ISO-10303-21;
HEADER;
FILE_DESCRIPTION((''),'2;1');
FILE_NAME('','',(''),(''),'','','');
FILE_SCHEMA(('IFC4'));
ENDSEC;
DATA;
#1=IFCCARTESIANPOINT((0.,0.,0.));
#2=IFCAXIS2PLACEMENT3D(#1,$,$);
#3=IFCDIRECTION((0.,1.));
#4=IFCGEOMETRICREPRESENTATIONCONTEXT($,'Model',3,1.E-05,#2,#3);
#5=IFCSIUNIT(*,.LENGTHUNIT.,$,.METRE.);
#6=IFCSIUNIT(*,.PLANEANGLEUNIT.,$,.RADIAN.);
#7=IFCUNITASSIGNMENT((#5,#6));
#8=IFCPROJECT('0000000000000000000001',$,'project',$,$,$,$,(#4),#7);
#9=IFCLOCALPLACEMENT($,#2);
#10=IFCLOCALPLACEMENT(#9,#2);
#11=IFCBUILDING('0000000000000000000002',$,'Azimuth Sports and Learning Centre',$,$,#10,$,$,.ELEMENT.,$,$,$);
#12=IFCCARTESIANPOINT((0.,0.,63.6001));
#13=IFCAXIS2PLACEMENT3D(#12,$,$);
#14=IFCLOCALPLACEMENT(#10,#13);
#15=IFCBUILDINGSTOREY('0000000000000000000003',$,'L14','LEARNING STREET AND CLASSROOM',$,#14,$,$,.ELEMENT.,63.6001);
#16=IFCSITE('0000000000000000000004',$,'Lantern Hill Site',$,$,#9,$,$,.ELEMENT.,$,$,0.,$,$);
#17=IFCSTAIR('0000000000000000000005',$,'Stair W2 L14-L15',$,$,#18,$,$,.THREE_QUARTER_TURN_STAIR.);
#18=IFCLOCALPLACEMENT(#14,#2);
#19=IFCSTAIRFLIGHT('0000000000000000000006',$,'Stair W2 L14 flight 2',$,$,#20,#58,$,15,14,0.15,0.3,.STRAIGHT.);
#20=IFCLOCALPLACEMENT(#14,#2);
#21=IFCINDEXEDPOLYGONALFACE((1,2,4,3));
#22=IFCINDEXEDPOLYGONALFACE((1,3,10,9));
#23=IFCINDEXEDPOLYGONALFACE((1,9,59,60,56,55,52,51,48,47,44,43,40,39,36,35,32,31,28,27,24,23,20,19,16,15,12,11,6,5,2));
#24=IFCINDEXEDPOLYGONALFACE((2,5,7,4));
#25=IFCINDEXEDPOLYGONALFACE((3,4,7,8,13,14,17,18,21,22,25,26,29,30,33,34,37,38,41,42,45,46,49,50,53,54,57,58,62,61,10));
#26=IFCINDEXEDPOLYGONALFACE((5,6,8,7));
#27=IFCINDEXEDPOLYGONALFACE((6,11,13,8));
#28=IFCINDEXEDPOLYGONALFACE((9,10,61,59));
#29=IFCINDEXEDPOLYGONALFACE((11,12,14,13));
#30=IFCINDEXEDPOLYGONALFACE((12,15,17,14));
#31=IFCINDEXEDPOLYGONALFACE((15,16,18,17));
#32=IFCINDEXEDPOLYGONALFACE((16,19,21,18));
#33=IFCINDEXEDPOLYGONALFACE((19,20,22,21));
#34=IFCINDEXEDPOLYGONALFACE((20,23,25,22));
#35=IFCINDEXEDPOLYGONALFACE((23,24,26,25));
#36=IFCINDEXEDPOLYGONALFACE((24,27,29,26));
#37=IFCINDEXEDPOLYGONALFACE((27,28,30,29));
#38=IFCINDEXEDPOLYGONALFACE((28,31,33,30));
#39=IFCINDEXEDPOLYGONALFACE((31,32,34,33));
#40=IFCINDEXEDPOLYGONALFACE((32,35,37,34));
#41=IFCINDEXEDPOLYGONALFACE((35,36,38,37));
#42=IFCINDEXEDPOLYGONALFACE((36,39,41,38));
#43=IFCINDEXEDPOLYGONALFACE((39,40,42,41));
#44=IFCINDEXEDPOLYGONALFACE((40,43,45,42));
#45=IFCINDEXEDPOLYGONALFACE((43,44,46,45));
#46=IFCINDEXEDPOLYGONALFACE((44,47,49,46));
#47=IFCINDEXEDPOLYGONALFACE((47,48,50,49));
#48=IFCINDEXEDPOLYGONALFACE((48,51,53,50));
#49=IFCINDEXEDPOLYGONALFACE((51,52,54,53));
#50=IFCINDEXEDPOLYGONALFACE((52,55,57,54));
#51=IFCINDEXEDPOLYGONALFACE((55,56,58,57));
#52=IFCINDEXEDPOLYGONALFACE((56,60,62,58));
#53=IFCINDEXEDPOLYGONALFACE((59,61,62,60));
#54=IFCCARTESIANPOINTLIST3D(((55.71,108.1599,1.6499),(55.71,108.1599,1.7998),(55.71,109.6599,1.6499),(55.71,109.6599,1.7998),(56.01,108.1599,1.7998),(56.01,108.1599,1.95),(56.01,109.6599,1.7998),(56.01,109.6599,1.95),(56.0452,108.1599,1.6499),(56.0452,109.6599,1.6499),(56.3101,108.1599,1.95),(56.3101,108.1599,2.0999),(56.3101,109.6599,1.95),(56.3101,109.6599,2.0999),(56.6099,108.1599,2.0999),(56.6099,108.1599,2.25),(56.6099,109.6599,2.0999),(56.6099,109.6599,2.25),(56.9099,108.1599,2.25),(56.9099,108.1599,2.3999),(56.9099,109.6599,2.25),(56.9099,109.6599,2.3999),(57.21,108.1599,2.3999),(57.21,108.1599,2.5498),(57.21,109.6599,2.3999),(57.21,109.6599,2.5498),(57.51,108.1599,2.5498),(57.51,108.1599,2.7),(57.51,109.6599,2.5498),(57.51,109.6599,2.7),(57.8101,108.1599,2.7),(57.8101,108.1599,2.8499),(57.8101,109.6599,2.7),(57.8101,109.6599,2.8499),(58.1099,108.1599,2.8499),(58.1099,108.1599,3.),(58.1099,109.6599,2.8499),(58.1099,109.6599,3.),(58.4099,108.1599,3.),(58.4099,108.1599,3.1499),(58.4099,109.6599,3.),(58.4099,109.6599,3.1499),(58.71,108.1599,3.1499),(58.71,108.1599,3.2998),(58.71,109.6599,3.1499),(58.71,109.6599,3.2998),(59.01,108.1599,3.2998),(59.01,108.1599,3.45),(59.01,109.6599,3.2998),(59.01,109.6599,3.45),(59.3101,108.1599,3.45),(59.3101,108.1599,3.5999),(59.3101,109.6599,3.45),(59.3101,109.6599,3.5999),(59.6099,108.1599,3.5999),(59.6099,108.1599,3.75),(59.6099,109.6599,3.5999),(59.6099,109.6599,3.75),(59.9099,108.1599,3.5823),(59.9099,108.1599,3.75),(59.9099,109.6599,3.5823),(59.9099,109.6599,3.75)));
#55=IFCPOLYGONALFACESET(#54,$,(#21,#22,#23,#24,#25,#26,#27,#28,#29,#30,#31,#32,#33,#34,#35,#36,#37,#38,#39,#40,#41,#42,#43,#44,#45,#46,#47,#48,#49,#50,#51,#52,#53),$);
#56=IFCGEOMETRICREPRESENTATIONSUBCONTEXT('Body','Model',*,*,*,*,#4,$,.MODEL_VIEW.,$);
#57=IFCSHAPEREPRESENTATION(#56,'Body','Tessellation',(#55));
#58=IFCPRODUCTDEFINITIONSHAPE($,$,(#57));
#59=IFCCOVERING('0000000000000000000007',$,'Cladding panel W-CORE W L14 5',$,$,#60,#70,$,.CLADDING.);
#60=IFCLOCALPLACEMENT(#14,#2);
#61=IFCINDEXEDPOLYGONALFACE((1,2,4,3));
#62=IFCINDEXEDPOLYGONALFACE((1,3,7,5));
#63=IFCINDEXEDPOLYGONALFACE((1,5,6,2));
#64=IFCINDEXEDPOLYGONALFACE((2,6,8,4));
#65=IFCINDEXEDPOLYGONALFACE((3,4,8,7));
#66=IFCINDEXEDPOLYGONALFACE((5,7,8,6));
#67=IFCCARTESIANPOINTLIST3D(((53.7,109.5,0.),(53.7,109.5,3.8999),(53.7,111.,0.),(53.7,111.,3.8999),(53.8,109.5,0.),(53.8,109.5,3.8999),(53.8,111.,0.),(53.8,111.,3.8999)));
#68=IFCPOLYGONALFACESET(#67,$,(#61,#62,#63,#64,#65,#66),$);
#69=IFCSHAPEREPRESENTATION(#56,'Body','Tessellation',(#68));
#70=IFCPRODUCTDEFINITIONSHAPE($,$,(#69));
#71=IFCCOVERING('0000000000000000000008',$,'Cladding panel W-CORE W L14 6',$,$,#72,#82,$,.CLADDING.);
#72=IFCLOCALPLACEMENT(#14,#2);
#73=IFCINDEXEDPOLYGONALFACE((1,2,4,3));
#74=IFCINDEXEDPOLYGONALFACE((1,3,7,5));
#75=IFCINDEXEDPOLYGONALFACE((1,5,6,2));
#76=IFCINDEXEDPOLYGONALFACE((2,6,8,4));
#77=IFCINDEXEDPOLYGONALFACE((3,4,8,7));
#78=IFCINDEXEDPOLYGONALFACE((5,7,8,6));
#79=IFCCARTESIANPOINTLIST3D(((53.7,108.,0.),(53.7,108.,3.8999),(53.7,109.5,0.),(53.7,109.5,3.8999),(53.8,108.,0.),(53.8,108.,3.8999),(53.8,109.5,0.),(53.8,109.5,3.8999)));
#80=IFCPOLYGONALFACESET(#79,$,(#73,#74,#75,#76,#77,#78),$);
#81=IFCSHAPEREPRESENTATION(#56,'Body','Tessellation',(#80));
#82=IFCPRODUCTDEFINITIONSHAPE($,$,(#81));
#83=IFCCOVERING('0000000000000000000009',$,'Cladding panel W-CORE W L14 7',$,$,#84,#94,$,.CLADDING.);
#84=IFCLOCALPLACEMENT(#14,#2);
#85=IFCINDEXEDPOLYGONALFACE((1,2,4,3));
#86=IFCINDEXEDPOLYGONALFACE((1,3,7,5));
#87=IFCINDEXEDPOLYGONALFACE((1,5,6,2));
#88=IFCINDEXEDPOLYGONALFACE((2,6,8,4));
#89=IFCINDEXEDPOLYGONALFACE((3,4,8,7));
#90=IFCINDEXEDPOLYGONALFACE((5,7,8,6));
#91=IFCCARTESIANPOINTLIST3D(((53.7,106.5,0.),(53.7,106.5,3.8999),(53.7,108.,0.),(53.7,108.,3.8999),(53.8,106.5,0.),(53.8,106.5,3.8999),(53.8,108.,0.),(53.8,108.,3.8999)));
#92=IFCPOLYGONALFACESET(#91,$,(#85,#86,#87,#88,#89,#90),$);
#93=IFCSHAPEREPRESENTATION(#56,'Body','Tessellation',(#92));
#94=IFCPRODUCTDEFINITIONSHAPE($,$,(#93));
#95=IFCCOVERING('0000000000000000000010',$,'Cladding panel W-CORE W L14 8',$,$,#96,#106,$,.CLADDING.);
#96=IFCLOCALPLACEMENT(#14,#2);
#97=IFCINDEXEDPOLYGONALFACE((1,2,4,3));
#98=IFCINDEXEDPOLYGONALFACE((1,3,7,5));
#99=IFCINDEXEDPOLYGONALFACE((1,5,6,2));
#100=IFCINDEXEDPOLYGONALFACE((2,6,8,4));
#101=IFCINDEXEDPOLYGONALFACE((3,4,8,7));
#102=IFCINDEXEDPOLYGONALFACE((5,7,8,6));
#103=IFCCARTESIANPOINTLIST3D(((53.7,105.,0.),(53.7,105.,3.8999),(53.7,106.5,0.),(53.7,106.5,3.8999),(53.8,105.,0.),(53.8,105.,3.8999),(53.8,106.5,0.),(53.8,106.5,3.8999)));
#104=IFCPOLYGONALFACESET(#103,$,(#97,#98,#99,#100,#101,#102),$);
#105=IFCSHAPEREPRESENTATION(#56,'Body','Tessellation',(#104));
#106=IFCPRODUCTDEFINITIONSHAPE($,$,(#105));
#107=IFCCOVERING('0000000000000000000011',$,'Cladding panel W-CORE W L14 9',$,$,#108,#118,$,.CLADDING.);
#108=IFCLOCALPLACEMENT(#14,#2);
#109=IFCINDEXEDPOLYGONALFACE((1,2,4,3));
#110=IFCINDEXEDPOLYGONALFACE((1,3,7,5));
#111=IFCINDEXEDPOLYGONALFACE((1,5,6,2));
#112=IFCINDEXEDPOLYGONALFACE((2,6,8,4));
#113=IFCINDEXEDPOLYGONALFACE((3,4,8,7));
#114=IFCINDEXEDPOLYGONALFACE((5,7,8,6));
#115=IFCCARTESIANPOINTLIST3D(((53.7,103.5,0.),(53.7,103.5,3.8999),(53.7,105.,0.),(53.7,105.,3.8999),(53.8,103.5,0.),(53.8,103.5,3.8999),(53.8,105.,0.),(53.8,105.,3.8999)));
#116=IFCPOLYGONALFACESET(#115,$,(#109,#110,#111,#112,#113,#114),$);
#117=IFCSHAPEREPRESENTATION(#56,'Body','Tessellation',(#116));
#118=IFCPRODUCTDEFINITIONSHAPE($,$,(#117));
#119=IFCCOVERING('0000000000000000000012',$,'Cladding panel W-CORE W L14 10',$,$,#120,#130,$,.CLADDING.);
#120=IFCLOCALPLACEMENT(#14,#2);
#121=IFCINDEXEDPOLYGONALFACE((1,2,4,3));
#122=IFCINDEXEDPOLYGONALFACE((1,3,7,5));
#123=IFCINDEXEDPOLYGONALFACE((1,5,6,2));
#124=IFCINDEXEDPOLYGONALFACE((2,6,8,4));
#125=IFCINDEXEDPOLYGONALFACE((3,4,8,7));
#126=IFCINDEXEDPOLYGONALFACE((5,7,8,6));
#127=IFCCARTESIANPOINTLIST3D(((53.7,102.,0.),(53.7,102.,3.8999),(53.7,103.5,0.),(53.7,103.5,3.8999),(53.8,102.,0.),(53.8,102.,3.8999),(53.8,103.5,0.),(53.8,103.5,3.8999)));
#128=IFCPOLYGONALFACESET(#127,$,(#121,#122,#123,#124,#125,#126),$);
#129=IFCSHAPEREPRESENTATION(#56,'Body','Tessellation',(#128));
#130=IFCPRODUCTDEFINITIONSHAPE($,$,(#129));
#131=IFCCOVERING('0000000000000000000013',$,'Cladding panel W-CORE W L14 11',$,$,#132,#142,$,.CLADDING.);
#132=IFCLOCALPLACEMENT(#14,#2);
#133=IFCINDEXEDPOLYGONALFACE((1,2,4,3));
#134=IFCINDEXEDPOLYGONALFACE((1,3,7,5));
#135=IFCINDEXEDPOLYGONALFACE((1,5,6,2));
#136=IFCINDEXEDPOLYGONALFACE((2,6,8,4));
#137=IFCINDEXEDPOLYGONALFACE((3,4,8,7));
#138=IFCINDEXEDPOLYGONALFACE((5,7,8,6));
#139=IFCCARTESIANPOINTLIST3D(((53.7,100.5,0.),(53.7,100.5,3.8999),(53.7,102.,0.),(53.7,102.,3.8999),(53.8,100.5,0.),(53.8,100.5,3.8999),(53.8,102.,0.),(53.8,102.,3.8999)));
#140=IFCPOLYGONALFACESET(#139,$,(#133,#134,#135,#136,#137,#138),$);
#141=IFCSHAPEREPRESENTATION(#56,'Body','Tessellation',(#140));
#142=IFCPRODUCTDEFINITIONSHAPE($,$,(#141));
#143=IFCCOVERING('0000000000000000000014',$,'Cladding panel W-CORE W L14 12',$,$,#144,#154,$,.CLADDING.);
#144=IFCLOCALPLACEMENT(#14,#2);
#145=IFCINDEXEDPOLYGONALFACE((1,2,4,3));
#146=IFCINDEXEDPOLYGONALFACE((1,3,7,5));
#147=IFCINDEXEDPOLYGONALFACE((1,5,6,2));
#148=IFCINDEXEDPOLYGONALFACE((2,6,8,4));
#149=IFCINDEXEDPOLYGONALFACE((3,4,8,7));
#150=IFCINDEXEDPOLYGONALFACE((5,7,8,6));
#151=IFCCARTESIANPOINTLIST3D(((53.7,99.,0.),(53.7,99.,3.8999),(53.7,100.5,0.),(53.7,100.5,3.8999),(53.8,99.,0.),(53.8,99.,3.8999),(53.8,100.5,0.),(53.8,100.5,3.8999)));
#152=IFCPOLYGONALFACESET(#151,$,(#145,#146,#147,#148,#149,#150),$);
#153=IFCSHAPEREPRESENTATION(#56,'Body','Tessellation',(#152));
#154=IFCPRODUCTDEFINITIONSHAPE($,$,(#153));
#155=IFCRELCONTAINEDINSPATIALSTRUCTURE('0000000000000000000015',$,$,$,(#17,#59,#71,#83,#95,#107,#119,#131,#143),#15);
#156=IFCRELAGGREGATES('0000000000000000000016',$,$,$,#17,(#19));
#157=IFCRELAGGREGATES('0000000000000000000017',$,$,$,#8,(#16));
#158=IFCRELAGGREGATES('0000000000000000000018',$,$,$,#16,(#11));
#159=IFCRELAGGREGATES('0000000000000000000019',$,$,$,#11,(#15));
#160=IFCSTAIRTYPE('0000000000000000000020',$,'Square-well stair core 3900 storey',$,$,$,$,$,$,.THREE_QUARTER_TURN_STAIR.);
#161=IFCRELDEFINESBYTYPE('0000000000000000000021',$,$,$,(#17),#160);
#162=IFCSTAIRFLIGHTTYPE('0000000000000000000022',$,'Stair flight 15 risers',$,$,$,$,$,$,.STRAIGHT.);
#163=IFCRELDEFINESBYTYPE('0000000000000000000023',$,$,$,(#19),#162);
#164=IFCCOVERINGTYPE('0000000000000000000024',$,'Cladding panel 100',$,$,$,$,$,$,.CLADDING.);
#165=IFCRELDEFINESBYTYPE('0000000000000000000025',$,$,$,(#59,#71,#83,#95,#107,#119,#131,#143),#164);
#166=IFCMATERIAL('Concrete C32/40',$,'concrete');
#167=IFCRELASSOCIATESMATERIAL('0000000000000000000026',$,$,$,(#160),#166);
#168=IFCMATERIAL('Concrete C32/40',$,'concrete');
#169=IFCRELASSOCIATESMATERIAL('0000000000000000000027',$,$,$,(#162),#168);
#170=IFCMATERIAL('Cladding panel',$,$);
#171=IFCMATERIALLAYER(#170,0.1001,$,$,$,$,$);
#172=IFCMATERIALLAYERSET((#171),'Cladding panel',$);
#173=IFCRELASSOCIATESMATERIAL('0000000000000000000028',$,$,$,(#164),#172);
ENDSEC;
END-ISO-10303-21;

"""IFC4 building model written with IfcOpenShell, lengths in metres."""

from ifc_helpers import new_model, si_unit, direction, frame, origin, origin_2d, place, context, subcontext, project, spatial, polyline, rectangle, outline, extrude, material, layer, layer_set, type_object, element, aggregate, save


model = new_model("IFC4")

# Units and contexts
model_context = context("Model", 3, precision=1e-05, world=origin(), true_north=direction((0.0, 1.0)))
body_context = subcontext(model_context, "Body", "Model", "MODEL_VIEW")
ifc_project = project(units=[si_unit("LENGTHUNIT", "METRE"), si_unit("PLANEANGLEUNIT", "RADIAN")], contexts=[model_context])

# Site, building, storey
site_placement = place(None, origin())
site = spatial("IfcSite", under=ifc_project, at=site_placement, Name="Lantern Hill Site", CompositionType="ELEMENT", RefElevation=0.0)
building_placement = place(site_placement, origin())
building = spatial("IfcBuilding", under=site, at=building_placement, Name="Azimuth Sports and Learning Centre", CompositionType="ELEMENT")
storey_placement = place(building_placement, frame((0.0, 0.0, 63.6001)))
storey = spatial("IfcBuildingStorey", under=building, at=storey_placement, Name="L14", Description="LEARNING STREET AND CLASSROOM", CompositionType="ELEMENT", Elevation=63.6001)

# Stair, stair flight
ifc_material_1 = material(Name="Concrete C32/40", Category="concrete")
stair_type = type_object("IfcStairType", Name="Square-well stair core 3900 storey", PredefinedType="THREE_QUARTER_TURN_STAIR", material=ifc_material_1)
stair_placement = place(storey_placement, origin())
stair = element("IfcStair", 1, at=stair_placement, inside=storey, type_object=stair_type, Name="Stair W2 L14-L15", PredefinedType="THREE_QUARTER_TURN_STAIR")
ifc_material_2 = material(Name="Concrete C32/40", Category="concrete")
stair_flight_type = type_object("IfcStairFlightType", Name="Stair flight 15 risers", PredefinedType="STRAIGHT", material=ifc_material_2)
stair_flight_placement = place(storey_placement, frame((55.71, 108.9099, 1.6499), z_axis=(0.0, 0.0, 1.0), x_axis=(1.0, 0.0, 0.0)))
stair_flight = element("IfcStairFlight", 2, at=stair_flight_placement, type_object=stair_flight_type, Name="Stair W2 L14 flight 2", NumberOfRisers=15, NumberOfTreads=14, PredefinedType="STRAIGHT", RiserHeight=0.15, TreadLength=0.3, context=body_context, shape_type="SweptSolid", body=[
    extrude(outline(polyline([(0.0, 0.0), (0.0, 0.1499), (0.3, 0.1499), (0.3, 0.3), (0.6001, 0.3), (0.6001, 0.45), (0.8999, 0.45), (0.8999, 0.6001), (1.2, 0.6001), (1.2, 0.75), (1.5, 0.75), (1.5, 0.8999), (1.8, 0.8999), (1.8, 1.05), (2.1001, 1.05), (2.1001, 1.2), (2.3999, 1.2), (2.3999, 1.3501), (2.7, 1.3501), (2.7, 1.5), (3.0, 1.5), (3.0, 1.6499), (3.3, 1.6499), (3.3, 1.8), (3.6001, 1.8), (3.6001, 1.95), (3.8999, 1.95), (3.8999, 2.1001), (4.2, 2.1001), (4.2, 2.25), (4.2, 1.9324), (0.3352, 0.0), (0.0, 0.0)])), frame((0.0, 0.75, 0.0), z_axis=(0.0, -1.0, 0.0), x_axis=(1.0, 0.0, 0.0)), (0.0, 0.0, 1.0), 1.5),
])
aggregate(stair, [stair_flight])

# Coverings
ifc_material_3 = material(Name="Cladding panel")
ifc_layer_1 = layer(ifc_material_3, 0.1001)
ifc_layer_set_1 = layer_set([ifc_layer_1], Name="Cladding panel")
covering_type = type_object("IfcCoveringType", Name="Cladding panel 100", PredefinedType="CLADDING", material=ifc_layer_set_1)
for number, where, z_axis, x_axis, name in (
    (3, (53.75, 110.25, 0.0), (0.0, 0.0, 1.0), (0.0, -1.0, 0.0), "Cladding panel W-CORE W L14 5"),
    (4, (53.75, 108.75, 0.0), (0.0, 0.0, 1.0), (0.0, -1.0, 0.0), "Cladding panel W-CORE W L14 6"),
    (5, (53.75, 107.25, 0.0), (0.0, 0.0, 1.0), (0.0, -1.0, 0.0), "Cladding panel W-CORE W L14 7"),
    (6, (53.75, 105.75, 0.0), (0.0, 0.0, 1.0), (0.0, -1.0, 0.0), "Cladding panel W-CORE W L14 8"),
    (7, (53.75, 104.25, 0.0), (0.0, 0.0, 1.0), (0.0, -1.0, 0.0), "Cladding panel W-CORE W L14 9"),
    (8, (53.75, 102.75, 0.0), (0.0, 0.0, 1.0), (0.0, -1.0, 0.0), "Cladding panel W-CORE W L14 10"),
    (9, (53.75, 101.25, 0.0), (0.0, 0.0, 1.0), (0.0, -1.0, 0.0), "Cladding panel W-CORE W L14 11"),
    (10, (53.75, 99.75, 0.0), (0.0, 0.0, 1.0), (0.0, -1.0, 0.0), "Cladding panel W-CORE W L14 12"),
):
    element("IfcCovering", number, at=place(storey_placement, frame(where, z_axis=z_axis, x_axis=x_axis)), inside=storey, type_object=covering_type, Name=name, PredefinedType="CLADDING", context=body_context, shape_type="SweptSolid", body=[
        extrude(rectangle(XDim=1.5, YDim=0.1001, at=origin_2d()), origin(), (0.0, 0.0, 1.0), 3.8999),
    ])

save(model, "model.ifc")
